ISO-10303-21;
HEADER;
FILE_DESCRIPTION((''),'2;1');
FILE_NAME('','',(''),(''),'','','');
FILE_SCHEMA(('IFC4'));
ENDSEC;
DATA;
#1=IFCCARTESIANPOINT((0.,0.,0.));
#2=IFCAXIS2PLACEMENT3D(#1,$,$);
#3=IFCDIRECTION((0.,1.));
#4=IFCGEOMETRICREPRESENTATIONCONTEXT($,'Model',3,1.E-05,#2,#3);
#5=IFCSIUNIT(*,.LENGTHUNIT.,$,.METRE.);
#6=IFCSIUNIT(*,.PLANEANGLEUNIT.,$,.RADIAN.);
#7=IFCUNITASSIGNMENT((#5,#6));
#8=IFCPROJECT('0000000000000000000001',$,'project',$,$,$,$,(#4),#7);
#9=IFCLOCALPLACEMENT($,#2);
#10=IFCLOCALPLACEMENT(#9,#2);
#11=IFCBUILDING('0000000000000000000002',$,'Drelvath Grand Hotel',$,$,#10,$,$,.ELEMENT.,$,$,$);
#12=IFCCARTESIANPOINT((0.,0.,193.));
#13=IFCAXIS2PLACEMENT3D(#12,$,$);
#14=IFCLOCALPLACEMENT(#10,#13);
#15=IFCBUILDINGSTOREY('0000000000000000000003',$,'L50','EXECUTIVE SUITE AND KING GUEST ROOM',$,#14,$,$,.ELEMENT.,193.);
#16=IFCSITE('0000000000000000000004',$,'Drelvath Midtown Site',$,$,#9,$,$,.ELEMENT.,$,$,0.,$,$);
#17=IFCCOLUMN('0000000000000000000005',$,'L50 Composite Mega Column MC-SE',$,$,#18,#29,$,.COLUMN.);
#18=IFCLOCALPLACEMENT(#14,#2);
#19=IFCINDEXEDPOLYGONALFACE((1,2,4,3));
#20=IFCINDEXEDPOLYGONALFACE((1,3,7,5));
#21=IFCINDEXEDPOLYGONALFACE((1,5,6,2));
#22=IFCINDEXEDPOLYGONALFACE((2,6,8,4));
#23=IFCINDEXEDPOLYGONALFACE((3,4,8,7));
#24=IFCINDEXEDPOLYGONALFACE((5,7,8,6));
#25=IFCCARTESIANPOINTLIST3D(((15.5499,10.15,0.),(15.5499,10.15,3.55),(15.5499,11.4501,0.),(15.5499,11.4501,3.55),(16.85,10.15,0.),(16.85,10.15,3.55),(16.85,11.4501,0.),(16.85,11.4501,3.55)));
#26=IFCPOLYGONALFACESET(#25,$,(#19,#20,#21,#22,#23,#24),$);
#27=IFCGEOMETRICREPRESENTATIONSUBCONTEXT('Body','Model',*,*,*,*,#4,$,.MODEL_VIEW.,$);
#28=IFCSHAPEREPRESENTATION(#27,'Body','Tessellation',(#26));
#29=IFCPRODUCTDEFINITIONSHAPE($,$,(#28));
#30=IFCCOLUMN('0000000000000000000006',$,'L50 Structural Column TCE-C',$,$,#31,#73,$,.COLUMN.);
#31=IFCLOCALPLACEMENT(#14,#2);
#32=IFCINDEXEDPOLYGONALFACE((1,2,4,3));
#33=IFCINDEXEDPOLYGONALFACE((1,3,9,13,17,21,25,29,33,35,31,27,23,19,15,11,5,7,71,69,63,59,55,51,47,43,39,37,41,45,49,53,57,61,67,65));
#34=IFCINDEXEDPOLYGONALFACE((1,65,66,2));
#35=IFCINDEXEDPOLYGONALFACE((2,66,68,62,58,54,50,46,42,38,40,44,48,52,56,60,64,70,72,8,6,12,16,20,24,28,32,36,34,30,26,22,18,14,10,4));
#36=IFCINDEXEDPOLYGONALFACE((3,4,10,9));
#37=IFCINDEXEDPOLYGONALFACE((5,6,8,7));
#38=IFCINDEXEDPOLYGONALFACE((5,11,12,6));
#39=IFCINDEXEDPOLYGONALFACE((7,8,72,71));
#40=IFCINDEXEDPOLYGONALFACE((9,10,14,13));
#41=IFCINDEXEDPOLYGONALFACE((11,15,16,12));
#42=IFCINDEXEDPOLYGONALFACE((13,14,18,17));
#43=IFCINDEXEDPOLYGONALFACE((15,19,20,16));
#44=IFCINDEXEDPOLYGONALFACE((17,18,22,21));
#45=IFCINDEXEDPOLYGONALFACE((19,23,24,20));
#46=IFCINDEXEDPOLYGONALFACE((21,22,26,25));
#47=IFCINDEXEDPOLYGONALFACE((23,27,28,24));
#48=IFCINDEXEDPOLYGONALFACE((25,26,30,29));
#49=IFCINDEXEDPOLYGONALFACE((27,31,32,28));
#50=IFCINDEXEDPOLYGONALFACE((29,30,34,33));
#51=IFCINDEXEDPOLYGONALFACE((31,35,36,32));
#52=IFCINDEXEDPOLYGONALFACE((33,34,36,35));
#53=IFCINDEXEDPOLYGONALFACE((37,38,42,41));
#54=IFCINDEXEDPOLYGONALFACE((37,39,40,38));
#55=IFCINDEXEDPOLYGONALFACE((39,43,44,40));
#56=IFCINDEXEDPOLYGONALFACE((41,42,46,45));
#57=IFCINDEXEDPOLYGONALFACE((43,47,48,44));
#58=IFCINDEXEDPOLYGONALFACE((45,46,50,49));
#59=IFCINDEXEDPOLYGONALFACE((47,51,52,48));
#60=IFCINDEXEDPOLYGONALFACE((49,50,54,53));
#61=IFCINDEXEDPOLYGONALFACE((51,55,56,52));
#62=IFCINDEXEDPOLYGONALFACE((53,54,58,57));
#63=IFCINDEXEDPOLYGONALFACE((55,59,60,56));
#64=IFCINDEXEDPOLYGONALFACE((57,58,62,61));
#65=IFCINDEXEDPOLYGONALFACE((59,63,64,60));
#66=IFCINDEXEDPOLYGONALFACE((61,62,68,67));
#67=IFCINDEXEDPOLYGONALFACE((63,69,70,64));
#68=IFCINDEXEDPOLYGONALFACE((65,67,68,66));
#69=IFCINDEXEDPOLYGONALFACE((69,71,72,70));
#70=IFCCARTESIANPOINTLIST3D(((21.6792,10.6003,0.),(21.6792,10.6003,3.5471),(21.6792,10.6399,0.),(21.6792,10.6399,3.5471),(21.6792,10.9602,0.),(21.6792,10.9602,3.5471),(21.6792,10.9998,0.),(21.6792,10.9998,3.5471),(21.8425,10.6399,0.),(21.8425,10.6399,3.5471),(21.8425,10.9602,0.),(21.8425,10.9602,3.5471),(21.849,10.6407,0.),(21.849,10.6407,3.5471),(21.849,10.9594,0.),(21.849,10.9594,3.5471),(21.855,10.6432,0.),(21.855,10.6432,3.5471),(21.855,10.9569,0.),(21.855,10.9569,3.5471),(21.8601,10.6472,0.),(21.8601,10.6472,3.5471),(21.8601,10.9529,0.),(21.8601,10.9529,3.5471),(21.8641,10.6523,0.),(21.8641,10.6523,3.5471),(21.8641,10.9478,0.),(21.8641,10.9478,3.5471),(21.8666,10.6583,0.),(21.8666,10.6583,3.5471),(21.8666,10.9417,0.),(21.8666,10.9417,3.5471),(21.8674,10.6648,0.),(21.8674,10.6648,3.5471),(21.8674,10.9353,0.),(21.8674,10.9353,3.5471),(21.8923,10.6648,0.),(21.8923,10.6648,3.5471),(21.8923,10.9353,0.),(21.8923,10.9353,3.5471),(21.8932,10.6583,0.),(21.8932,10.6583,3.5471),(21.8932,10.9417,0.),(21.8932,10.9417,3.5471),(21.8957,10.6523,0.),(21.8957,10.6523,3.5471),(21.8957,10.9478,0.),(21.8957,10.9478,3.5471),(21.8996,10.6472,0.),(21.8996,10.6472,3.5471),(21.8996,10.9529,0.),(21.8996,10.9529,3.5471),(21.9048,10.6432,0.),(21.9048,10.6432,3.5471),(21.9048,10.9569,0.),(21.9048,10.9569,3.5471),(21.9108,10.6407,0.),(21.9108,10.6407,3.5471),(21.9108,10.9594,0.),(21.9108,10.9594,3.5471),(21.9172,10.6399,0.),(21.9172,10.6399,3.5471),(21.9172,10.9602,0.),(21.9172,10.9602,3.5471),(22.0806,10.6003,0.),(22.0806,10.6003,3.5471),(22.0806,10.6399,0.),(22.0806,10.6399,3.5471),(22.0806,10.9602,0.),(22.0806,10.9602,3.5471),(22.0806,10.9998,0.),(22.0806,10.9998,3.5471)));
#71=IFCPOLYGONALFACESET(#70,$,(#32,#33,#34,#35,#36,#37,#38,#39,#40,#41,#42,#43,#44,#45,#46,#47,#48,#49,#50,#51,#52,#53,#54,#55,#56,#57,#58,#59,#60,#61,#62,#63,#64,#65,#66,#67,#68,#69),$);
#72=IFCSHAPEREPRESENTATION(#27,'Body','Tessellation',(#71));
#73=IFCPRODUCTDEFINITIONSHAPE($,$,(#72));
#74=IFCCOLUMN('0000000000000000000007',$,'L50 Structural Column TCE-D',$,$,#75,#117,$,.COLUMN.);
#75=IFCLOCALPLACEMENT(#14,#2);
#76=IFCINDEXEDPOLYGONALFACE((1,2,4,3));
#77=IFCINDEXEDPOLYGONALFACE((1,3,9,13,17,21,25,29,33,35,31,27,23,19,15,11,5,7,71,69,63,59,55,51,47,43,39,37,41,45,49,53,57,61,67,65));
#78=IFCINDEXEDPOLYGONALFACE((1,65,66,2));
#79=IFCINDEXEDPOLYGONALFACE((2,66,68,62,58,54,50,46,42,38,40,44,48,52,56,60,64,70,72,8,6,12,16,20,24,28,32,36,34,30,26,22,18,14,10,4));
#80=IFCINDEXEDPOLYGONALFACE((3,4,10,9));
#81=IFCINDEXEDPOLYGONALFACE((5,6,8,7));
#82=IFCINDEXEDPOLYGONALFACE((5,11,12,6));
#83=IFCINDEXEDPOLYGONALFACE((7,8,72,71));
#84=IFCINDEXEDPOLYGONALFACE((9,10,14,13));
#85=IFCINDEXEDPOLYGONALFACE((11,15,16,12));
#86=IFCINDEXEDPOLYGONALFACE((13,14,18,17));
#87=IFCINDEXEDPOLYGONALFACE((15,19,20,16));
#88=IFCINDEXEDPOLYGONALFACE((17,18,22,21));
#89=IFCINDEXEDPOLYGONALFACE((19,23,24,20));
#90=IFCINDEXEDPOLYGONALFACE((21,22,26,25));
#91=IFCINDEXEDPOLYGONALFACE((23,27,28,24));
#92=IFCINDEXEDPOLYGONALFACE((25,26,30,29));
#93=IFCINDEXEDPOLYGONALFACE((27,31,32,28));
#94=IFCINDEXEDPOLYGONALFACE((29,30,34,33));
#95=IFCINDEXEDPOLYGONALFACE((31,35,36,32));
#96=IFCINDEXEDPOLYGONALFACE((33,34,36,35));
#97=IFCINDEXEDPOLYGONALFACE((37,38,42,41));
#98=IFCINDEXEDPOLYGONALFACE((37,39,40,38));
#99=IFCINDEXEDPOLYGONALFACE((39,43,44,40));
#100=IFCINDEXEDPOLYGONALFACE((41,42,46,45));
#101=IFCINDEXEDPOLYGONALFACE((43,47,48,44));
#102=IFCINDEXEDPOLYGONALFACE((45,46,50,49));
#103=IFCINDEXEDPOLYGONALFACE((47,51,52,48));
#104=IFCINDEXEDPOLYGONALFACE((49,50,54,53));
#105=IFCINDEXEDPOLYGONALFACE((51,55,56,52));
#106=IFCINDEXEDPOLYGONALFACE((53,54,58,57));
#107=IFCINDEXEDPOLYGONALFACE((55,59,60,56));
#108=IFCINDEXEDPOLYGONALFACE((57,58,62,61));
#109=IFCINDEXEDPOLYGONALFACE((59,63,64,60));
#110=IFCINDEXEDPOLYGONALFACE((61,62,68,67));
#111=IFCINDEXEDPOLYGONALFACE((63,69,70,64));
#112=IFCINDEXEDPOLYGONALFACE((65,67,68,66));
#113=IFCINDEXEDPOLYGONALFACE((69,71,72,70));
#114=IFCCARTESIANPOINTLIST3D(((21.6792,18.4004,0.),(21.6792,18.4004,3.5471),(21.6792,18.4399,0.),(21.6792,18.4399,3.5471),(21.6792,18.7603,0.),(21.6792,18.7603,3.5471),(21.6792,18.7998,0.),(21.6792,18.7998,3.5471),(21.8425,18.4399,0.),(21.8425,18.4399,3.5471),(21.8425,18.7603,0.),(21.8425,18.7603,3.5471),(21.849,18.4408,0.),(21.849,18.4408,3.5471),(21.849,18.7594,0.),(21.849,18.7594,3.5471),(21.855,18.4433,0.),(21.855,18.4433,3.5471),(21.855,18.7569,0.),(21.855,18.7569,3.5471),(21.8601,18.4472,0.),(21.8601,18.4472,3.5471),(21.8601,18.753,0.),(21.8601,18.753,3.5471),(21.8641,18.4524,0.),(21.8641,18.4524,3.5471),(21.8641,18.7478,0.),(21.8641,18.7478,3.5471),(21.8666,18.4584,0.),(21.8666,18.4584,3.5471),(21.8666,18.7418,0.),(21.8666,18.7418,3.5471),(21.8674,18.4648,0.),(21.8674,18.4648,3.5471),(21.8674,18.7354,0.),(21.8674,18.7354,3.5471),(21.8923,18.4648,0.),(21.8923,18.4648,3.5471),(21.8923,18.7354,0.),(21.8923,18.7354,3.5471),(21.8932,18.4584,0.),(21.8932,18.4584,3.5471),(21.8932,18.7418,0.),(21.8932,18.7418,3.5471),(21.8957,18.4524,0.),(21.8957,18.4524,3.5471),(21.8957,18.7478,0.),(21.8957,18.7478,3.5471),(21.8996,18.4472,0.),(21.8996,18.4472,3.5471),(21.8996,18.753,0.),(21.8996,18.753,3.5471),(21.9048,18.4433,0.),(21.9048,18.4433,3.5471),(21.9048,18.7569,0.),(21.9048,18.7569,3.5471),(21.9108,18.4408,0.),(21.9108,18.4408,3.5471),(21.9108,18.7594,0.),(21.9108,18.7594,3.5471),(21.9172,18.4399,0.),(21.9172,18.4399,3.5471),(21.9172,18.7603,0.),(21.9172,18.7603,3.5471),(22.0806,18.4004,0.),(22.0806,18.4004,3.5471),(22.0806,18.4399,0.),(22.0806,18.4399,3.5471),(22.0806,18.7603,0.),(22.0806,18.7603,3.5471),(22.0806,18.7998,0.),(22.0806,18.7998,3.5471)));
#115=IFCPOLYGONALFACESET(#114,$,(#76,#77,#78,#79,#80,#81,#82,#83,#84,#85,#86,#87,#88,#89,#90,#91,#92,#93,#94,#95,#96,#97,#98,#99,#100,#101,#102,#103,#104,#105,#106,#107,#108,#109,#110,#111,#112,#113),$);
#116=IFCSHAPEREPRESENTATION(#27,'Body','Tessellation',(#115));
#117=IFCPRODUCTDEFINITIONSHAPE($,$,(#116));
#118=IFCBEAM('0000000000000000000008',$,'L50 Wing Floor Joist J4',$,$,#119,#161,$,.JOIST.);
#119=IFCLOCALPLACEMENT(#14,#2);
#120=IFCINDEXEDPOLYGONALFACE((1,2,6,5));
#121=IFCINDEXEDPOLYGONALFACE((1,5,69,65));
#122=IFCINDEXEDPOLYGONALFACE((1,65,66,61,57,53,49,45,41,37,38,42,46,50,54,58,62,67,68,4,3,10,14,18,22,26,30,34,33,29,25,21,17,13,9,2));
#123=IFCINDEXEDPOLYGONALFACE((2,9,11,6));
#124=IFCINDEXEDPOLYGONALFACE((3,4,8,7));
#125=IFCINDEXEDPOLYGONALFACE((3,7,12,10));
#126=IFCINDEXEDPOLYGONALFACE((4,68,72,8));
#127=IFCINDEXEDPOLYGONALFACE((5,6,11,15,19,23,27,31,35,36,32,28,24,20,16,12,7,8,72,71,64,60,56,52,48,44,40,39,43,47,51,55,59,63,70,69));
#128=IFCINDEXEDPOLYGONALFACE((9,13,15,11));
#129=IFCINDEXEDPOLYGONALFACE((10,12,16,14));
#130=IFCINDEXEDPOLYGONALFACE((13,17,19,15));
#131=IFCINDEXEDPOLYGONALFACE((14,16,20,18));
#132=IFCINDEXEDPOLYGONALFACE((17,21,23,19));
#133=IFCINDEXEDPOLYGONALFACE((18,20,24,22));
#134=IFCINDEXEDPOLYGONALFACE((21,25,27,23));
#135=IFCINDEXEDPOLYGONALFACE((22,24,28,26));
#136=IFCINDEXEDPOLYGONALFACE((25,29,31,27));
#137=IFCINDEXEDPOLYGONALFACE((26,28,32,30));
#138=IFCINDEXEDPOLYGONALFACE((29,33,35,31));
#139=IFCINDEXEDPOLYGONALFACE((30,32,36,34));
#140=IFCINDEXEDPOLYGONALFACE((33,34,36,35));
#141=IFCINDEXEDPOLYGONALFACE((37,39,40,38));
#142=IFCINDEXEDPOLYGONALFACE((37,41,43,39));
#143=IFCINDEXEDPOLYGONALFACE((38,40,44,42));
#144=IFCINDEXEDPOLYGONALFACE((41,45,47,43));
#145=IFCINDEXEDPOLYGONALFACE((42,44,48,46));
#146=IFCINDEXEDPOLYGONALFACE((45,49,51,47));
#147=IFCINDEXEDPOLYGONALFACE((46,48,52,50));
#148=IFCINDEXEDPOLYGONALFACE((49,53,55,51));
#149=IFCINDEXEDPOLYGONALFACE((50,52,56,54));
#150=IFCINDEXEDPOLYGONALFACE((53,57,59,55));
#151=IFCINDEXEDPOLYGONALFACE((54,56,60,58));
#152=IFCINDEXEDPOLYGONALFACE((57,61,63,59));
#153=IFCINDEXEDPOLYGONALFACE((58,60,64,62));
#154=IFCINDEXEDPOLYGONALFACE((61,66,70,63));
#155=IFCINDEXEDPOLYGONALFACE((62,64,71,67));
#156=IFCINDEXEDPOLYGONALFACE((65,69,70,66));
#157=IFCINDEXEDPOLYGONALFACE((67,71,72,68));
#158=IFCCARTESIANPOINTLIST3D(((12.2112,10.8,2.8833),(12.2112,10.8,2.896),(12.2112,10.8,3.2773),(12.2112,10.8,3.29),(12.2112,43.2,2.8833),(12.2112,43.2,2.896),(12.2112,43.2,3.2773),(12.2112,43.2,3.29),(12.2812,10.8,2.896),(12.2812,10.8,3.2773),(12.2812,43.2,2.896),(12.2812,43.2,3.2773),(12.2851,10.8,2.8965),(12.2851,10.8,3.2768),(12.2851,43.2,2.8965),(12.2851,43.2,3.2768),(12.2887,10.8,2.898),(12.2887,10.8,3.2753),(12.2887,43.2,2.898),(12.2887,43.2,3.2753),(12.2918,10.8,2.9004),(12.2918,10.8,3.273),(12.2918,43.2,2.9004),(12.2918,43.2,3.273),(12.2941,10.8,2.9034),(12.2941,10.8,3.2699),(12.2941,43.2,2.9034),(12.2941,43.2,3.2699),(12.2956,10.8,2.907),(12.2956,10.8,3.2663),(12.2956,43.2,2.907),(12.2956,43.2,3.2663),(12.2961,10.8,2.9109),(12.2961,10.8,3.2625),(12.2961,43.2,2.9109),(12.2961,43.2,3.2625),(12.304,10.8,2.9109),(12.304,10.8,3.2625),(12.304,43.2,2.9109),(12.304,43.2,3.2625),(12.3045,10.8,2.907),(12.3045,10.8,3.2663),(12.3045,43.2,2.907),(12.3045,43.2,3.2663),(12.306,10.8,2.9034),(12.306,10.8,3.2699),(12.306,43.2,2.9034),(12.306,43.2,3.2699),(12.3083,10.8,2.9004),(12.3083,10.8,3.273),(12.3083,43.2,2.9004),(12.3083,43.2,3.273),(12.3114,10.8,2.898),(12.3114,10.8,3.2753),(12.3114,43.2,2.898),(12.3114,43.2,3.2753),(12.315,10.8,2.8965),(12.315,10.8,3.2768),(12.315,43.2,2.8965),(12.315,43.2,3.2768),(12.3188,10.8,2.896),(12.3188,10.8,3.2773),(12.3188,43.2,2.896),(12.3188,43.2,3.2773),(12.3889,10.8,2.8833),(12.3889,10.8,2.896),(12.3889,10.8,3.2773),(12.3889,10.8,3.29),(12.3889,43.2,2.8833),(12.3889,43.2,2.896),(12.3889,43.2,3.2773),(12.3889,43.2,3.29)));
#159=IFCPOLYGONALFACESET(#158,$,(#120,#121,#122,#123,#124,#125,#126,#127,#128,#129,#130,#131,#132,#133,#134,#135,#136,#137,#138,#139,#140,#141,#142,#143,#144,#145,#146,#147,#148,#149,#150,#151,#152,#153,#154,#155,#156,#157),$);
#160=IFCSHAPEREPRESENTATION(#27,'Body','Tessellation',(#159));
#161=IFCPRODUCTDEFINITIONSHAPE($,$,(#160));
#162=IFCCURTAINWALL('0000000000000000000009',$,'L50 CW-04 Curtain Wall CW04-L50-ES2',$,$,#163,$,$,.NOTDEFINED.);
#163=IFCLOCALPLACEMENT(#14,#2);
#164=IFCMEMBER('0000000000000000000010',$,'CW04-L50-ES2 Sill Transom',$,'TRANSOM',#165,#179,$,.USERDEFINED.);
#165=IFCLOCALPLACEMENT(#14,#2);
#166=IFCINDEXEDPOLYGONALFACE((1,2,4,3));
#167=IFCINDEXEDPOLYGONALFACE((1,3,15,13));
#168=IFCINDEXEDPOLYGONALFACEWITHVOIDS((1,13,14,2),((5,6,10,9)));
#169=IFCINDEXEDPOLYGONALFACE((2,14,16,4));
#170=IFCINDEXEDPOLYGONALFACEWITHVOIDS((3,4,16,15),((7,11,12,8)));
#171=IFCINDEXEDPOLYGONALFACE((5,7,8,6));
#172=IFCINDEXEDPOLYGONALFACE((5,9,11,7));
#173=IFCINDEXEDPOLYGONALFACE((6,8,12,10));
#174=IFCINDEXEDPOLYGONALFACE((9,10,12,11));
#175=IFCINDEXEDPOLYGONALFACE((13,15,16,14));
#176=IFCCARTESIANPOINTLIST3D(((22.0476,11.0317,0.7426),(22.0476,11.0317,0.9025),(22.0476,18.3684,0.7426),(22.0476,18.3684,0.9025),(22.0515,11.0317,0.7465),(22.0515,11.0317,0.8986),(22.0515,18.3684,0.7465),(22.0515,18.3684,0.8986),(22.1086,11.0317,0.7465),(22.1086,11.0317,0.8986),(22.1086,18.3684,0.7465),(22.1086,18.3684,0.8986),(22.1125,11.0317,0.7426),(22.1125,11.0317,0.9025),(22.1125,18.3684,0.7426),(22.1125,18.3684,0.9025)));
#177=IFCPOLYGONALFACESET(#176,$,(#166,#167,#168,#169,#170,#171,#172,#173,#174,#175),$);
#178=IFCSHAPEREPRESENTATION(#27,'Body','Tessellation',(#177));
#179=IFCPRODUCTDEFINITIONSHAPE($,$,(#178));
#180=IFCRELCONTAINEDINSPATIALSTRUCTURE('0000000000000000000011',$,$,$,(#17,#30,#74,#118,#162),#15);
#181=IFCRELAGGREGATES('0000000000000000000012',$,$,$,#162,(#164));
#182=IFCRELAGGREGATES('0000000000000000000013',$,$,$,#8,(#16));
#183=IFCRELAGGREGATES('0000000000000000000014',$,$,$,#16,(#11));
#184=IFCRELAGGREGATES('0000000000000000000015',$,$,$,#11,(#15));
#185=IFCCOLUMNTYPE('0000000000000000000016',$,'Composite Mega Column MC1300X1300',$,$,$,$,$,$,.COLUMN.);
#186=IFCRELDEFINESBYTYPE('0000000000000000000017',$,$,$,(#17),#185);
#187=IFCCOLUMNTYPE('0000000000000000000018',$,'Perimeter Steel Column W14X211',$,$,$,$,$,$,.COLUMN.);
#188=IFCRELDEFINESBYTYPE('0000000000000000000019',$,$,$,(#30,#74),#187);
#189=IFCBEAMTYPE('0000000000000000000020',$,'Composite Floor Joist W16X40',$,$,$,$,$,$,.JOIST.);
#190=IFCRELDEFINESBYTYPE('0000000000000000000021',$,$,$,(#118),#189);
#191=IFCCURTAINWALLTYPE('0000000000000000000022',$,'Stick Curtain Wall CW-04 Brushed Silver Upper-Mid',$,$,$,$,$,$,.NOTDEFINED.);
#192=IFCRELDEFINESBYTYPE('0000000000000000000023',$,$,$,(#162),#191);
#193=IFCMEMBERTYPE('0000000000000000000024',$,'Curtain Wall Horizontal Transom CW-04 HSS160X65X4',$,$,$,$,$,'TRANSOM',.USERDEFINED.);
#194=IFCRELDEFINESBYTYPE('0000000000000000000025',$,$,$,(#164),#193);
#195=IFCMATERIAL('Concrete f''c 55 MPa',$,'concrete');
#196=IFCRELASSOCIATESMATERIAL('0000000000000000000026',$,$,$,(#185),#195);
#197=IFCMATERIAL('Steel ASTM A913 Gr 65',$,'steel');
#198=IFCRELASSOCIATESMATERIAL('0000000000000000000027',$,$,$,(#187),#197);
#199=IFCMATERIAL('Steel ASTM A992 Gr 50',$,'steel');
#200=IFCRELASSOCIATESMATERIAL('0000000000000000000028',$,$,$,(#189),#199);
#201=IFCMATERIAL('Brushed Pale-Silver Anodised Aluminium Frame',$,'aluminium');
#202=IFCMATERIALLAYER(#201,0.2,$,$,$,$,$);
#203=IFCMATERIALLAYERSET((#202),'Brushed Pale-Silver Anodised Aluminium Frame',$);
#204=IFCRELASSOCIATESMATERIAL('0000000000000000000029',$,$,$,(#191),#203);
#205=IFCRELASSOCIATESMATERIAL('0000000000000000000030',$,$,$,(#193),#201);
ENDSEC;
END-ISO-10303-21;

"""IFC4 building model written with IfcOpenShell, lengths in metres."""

from ifc_helpers import new_model, si_unit, direction, frame, origin, origin_2d, place, context, subcontext, project, spatial, rectangle, hollow_rectangle, i_section, extrude, material, layer, layer_set, material_profile, profile_set, type_object, element, aggregate, save


model = new_model("IFC4")

# Units and contexts
model_context = context("Model", 3, precision=1e-05, world=origin(), true_north=direction((0.0, 1.0)))
body_context = subcontext(model_context, "Body", "Model", "MODEL_VIEW")
ifc_project = project(units=[si_unit("LENGTHUNIT", "METRE"), si_unit("PLANEANGLEUNIT", "RADIAN")], contexts=[model_context])

# Site, building, storey
site_placement = place(None, origin())
site = spatial("IfcSite", under=ifc_project, at=site_placement, Name="Drelvath Midtown Site", CompositionType="ELEMENT", RefElevation=0.0)
building_placement = place(site_placement, origin())
building = spatial("IfcBuilding", under=site, at=building_placement, Name="Drelvath Grand Hotel", CompositionType="ELEMENT")
storey_placement = place(building_placement, frame((0.0, 0.0, 193.0)))
storey = spatial("IfcBuildingStorey", under=building, at=storey_placement, Name="L50", Description="EXECUTIVE SUITE AND KING GUEST ROOM", CompositionType="ELEMENT", Elevation=193.0)

# Columns
ifc_material_1 = material(Name="Concrete f'c 55 MPa", Category="concrete")
ifc_material_profile_1 = material_profile(ifc_material_1, rectangle(XDim=1.3, YDim=1.3, at=origin_2d()), Name="MC1300X1300")
ifc_profile_set_1 = profile_set([ifc_material_profile_1], Name="Concrete f'c 55 MPa")
column_type_1 = type_object("IfcColumnType", Name="Composite Mega Column MC1300X1300", PredefinedType="COLUMN", material=ifc_profile_set_1)
column_placement = place(storey_placement, frame((16.2, 10.8, 0.0), z_axis=(0.0, 0.0, 1.0), x_axis=(1.0, 0.0, 0.0)))
element("IfcColumn", 1, at=column_placement, inside=storey, type_object=column_type_1, Name="L50 Composite Mega Column MC-SE", PredefinedType="COLUMN", context=body_context, shape_type="SweptSolid", body=[
    extrude(rectangle(XDim=1.3, YDim=1.3, at=origin_2d()), origin(), (0.0, 0.0, 1.0), 3.55),
])
ifc_material_2 = material(Name="Steel ASTM A913 Gr 65", Category="steel")
ifc_material_profile_2 = material_profile(ifc_material_2, i_section(OverallWidth=0.4014, OverallDepth=0.3994, WebThickness=0.0249, FlangeThickness=0.0396, FilletRadius=0.0249, at=origin_2d()), Name="W14X211")
ifc_profile_set_2 = profile_set([ifc_material_profile_2], Name="Steel ASTM A913 Gr 65")
column_type_2 = type_object("IfcColumnType", Name="Perimeter Steel Column W14X211", PredefinedType="COLUMN", material=ifc_profile_set_2)
for number, where, z_axis, x_axis, name in (
    (2, (21.8799, 10.8, 0.0), (0.0, 0.0, 1.0), (1.0, 0.0, 0.0), "L50 Structural Column TCE-C"),
    (3, (21.8799, 18.6001, 0.0), (0.0, 0.0, 1.0), (1.0, 0.0, 0.0), "L50 Structural Column TCE-D"),
):
    element("IfcColumn", number, at=place(storey_placement, frame(where, z_axis=z_axis, x_axis=x_axis)), inside=storey, type_object=column_type_2, Name=name, PredefinedType="COLUMN", context=body_context, shape_type="SweptSolid", body=[
        extrude(i_section(OverallWidth=0.4014, OverallDepth=0.3994, WebThickness=0.0249, FlangeThickness=0.0396, FilletRadius=0.0249, at=origin_2d()), origin(), (0.0, 0.0, 1.0), 3.5471),
    ])

# Beam
ifc_material_3 = material(Name="Steel ASTM A992 Gr 50", Category="steel")
ifc_material_profile_3 = material_profile(ifc_material_3, i_section(OverallWidth=0.1777, OverallDepth=0.4067, WebThickness=0.0078, FlangeThickness=0.0127, FilletRadius=0.0149, at=origin_2d()), Name="W16X40")
ifc_profile_set_3 = profile_set([ifc_material_profile_3], Name="Steel ASTM A992 Gr 50")
beam_type_1 = type_object("IfcBeamType", Name="Composite Floor Joist W16X40", PredefinedType="JOIST", material=ifc_profile_set_3)
beam_1_placement = place(storey_placement, frame((12.3, 10.8, 3.0867), z_axis=(0.0, 1.0, 0.0), x_axis=(-1.0, 0.0, 0.0)))
element("IfcBeam", 4, at=beam_1_placement, inside=storey, type_object=beam_type_1, Name="L50 Wing Floor Joist J4", PredefinedType="JOIST", context=body_context, shape_type="SweptSolid", body=[
    extrude(i_section(OverallWidth=0.1777, OverallDepth=0.4067, WebThickness=0.0078, FlangeThickness=0.0127, FilletRadius=0.0149, at=origin_2d()), origin(), (0.0, 0.0, 1.0), 32.3999),
])

# Curtain wall, member
ifc_material_4 = material(Name="Brushed Pale-Silver Anodised Aluminium Frame", Category="aluminium")
ifc_layer_1 = layer(ifc_material_4, 0.2)
ifc_layer_set_1 = layer_set([ifc_layer_1], Name="Brushed Pale-Silver Anodised Aluminium Frame")
curtain_wall_type = type_object("IfcCurtainWallType", Name="Stick Curtain Wall CW-04 Brushed Silver Upper-Mid", PredefinedType="NOTDEFINED", material=ifc_layer_set_1)
curtain_wall_1_placement = place(storey_placement, origin())
curtain_wall_1 = element("IfcCurtainWall", 5, at=curtain_wall_1_placement, inside=storey, type_object=curtain_wall_type, Name="L50 CW-04 Curtain Wall CW04-L50-ES2", PredefinedType="NOTDEFINED")
ifc_material_profile_4 = material_profile(ifc_material_4, hollow_rectangle(XDim=0.0649, YDim=0.1599, WallThickness=0.0039, at=origin_2d()), Name="HSS160X65X4")
ifc_profile_set_4 = profile_set([ifc_material_profile_4], Name="Brushed Pale-Silver Anodised Aluminium Frame")
member_type_1 = type_object("IfcMemberType", Name="Curtain Wall Horizontal Transom CW-04 HSS160X65X4", ElementType="TRANSOM", PredefinedType="USERDEFINED", material=ifc_profile_set_4)
member_1_placement = place(storey_placement, frame((22.0801, 18.3684, 0.8225), z_axis=(0.0, -1.0, 0.0), x_axis=(1.0, 0.0, 0.0)))
member_1 = element("IfcMember", 6, at=member_1_placement, type_object=member_type_1, Name="CW04-L50-ES2 Sill Transom", ObjectType="TRANSOM", PredefinedType="USERDEFINED", context=body_context, shape_type="SweptSolid", body=[
    extrude(hollow_rectangle(XDim=0.0649, YDim=0.1599, WallThickness=0.0039, at=origin_2d()), origin(), (0.0, 0.0, 1.0), 7.3367),
])

aggregate(curtain_wall_1, [member_1])

save(model, "model.ifc")
